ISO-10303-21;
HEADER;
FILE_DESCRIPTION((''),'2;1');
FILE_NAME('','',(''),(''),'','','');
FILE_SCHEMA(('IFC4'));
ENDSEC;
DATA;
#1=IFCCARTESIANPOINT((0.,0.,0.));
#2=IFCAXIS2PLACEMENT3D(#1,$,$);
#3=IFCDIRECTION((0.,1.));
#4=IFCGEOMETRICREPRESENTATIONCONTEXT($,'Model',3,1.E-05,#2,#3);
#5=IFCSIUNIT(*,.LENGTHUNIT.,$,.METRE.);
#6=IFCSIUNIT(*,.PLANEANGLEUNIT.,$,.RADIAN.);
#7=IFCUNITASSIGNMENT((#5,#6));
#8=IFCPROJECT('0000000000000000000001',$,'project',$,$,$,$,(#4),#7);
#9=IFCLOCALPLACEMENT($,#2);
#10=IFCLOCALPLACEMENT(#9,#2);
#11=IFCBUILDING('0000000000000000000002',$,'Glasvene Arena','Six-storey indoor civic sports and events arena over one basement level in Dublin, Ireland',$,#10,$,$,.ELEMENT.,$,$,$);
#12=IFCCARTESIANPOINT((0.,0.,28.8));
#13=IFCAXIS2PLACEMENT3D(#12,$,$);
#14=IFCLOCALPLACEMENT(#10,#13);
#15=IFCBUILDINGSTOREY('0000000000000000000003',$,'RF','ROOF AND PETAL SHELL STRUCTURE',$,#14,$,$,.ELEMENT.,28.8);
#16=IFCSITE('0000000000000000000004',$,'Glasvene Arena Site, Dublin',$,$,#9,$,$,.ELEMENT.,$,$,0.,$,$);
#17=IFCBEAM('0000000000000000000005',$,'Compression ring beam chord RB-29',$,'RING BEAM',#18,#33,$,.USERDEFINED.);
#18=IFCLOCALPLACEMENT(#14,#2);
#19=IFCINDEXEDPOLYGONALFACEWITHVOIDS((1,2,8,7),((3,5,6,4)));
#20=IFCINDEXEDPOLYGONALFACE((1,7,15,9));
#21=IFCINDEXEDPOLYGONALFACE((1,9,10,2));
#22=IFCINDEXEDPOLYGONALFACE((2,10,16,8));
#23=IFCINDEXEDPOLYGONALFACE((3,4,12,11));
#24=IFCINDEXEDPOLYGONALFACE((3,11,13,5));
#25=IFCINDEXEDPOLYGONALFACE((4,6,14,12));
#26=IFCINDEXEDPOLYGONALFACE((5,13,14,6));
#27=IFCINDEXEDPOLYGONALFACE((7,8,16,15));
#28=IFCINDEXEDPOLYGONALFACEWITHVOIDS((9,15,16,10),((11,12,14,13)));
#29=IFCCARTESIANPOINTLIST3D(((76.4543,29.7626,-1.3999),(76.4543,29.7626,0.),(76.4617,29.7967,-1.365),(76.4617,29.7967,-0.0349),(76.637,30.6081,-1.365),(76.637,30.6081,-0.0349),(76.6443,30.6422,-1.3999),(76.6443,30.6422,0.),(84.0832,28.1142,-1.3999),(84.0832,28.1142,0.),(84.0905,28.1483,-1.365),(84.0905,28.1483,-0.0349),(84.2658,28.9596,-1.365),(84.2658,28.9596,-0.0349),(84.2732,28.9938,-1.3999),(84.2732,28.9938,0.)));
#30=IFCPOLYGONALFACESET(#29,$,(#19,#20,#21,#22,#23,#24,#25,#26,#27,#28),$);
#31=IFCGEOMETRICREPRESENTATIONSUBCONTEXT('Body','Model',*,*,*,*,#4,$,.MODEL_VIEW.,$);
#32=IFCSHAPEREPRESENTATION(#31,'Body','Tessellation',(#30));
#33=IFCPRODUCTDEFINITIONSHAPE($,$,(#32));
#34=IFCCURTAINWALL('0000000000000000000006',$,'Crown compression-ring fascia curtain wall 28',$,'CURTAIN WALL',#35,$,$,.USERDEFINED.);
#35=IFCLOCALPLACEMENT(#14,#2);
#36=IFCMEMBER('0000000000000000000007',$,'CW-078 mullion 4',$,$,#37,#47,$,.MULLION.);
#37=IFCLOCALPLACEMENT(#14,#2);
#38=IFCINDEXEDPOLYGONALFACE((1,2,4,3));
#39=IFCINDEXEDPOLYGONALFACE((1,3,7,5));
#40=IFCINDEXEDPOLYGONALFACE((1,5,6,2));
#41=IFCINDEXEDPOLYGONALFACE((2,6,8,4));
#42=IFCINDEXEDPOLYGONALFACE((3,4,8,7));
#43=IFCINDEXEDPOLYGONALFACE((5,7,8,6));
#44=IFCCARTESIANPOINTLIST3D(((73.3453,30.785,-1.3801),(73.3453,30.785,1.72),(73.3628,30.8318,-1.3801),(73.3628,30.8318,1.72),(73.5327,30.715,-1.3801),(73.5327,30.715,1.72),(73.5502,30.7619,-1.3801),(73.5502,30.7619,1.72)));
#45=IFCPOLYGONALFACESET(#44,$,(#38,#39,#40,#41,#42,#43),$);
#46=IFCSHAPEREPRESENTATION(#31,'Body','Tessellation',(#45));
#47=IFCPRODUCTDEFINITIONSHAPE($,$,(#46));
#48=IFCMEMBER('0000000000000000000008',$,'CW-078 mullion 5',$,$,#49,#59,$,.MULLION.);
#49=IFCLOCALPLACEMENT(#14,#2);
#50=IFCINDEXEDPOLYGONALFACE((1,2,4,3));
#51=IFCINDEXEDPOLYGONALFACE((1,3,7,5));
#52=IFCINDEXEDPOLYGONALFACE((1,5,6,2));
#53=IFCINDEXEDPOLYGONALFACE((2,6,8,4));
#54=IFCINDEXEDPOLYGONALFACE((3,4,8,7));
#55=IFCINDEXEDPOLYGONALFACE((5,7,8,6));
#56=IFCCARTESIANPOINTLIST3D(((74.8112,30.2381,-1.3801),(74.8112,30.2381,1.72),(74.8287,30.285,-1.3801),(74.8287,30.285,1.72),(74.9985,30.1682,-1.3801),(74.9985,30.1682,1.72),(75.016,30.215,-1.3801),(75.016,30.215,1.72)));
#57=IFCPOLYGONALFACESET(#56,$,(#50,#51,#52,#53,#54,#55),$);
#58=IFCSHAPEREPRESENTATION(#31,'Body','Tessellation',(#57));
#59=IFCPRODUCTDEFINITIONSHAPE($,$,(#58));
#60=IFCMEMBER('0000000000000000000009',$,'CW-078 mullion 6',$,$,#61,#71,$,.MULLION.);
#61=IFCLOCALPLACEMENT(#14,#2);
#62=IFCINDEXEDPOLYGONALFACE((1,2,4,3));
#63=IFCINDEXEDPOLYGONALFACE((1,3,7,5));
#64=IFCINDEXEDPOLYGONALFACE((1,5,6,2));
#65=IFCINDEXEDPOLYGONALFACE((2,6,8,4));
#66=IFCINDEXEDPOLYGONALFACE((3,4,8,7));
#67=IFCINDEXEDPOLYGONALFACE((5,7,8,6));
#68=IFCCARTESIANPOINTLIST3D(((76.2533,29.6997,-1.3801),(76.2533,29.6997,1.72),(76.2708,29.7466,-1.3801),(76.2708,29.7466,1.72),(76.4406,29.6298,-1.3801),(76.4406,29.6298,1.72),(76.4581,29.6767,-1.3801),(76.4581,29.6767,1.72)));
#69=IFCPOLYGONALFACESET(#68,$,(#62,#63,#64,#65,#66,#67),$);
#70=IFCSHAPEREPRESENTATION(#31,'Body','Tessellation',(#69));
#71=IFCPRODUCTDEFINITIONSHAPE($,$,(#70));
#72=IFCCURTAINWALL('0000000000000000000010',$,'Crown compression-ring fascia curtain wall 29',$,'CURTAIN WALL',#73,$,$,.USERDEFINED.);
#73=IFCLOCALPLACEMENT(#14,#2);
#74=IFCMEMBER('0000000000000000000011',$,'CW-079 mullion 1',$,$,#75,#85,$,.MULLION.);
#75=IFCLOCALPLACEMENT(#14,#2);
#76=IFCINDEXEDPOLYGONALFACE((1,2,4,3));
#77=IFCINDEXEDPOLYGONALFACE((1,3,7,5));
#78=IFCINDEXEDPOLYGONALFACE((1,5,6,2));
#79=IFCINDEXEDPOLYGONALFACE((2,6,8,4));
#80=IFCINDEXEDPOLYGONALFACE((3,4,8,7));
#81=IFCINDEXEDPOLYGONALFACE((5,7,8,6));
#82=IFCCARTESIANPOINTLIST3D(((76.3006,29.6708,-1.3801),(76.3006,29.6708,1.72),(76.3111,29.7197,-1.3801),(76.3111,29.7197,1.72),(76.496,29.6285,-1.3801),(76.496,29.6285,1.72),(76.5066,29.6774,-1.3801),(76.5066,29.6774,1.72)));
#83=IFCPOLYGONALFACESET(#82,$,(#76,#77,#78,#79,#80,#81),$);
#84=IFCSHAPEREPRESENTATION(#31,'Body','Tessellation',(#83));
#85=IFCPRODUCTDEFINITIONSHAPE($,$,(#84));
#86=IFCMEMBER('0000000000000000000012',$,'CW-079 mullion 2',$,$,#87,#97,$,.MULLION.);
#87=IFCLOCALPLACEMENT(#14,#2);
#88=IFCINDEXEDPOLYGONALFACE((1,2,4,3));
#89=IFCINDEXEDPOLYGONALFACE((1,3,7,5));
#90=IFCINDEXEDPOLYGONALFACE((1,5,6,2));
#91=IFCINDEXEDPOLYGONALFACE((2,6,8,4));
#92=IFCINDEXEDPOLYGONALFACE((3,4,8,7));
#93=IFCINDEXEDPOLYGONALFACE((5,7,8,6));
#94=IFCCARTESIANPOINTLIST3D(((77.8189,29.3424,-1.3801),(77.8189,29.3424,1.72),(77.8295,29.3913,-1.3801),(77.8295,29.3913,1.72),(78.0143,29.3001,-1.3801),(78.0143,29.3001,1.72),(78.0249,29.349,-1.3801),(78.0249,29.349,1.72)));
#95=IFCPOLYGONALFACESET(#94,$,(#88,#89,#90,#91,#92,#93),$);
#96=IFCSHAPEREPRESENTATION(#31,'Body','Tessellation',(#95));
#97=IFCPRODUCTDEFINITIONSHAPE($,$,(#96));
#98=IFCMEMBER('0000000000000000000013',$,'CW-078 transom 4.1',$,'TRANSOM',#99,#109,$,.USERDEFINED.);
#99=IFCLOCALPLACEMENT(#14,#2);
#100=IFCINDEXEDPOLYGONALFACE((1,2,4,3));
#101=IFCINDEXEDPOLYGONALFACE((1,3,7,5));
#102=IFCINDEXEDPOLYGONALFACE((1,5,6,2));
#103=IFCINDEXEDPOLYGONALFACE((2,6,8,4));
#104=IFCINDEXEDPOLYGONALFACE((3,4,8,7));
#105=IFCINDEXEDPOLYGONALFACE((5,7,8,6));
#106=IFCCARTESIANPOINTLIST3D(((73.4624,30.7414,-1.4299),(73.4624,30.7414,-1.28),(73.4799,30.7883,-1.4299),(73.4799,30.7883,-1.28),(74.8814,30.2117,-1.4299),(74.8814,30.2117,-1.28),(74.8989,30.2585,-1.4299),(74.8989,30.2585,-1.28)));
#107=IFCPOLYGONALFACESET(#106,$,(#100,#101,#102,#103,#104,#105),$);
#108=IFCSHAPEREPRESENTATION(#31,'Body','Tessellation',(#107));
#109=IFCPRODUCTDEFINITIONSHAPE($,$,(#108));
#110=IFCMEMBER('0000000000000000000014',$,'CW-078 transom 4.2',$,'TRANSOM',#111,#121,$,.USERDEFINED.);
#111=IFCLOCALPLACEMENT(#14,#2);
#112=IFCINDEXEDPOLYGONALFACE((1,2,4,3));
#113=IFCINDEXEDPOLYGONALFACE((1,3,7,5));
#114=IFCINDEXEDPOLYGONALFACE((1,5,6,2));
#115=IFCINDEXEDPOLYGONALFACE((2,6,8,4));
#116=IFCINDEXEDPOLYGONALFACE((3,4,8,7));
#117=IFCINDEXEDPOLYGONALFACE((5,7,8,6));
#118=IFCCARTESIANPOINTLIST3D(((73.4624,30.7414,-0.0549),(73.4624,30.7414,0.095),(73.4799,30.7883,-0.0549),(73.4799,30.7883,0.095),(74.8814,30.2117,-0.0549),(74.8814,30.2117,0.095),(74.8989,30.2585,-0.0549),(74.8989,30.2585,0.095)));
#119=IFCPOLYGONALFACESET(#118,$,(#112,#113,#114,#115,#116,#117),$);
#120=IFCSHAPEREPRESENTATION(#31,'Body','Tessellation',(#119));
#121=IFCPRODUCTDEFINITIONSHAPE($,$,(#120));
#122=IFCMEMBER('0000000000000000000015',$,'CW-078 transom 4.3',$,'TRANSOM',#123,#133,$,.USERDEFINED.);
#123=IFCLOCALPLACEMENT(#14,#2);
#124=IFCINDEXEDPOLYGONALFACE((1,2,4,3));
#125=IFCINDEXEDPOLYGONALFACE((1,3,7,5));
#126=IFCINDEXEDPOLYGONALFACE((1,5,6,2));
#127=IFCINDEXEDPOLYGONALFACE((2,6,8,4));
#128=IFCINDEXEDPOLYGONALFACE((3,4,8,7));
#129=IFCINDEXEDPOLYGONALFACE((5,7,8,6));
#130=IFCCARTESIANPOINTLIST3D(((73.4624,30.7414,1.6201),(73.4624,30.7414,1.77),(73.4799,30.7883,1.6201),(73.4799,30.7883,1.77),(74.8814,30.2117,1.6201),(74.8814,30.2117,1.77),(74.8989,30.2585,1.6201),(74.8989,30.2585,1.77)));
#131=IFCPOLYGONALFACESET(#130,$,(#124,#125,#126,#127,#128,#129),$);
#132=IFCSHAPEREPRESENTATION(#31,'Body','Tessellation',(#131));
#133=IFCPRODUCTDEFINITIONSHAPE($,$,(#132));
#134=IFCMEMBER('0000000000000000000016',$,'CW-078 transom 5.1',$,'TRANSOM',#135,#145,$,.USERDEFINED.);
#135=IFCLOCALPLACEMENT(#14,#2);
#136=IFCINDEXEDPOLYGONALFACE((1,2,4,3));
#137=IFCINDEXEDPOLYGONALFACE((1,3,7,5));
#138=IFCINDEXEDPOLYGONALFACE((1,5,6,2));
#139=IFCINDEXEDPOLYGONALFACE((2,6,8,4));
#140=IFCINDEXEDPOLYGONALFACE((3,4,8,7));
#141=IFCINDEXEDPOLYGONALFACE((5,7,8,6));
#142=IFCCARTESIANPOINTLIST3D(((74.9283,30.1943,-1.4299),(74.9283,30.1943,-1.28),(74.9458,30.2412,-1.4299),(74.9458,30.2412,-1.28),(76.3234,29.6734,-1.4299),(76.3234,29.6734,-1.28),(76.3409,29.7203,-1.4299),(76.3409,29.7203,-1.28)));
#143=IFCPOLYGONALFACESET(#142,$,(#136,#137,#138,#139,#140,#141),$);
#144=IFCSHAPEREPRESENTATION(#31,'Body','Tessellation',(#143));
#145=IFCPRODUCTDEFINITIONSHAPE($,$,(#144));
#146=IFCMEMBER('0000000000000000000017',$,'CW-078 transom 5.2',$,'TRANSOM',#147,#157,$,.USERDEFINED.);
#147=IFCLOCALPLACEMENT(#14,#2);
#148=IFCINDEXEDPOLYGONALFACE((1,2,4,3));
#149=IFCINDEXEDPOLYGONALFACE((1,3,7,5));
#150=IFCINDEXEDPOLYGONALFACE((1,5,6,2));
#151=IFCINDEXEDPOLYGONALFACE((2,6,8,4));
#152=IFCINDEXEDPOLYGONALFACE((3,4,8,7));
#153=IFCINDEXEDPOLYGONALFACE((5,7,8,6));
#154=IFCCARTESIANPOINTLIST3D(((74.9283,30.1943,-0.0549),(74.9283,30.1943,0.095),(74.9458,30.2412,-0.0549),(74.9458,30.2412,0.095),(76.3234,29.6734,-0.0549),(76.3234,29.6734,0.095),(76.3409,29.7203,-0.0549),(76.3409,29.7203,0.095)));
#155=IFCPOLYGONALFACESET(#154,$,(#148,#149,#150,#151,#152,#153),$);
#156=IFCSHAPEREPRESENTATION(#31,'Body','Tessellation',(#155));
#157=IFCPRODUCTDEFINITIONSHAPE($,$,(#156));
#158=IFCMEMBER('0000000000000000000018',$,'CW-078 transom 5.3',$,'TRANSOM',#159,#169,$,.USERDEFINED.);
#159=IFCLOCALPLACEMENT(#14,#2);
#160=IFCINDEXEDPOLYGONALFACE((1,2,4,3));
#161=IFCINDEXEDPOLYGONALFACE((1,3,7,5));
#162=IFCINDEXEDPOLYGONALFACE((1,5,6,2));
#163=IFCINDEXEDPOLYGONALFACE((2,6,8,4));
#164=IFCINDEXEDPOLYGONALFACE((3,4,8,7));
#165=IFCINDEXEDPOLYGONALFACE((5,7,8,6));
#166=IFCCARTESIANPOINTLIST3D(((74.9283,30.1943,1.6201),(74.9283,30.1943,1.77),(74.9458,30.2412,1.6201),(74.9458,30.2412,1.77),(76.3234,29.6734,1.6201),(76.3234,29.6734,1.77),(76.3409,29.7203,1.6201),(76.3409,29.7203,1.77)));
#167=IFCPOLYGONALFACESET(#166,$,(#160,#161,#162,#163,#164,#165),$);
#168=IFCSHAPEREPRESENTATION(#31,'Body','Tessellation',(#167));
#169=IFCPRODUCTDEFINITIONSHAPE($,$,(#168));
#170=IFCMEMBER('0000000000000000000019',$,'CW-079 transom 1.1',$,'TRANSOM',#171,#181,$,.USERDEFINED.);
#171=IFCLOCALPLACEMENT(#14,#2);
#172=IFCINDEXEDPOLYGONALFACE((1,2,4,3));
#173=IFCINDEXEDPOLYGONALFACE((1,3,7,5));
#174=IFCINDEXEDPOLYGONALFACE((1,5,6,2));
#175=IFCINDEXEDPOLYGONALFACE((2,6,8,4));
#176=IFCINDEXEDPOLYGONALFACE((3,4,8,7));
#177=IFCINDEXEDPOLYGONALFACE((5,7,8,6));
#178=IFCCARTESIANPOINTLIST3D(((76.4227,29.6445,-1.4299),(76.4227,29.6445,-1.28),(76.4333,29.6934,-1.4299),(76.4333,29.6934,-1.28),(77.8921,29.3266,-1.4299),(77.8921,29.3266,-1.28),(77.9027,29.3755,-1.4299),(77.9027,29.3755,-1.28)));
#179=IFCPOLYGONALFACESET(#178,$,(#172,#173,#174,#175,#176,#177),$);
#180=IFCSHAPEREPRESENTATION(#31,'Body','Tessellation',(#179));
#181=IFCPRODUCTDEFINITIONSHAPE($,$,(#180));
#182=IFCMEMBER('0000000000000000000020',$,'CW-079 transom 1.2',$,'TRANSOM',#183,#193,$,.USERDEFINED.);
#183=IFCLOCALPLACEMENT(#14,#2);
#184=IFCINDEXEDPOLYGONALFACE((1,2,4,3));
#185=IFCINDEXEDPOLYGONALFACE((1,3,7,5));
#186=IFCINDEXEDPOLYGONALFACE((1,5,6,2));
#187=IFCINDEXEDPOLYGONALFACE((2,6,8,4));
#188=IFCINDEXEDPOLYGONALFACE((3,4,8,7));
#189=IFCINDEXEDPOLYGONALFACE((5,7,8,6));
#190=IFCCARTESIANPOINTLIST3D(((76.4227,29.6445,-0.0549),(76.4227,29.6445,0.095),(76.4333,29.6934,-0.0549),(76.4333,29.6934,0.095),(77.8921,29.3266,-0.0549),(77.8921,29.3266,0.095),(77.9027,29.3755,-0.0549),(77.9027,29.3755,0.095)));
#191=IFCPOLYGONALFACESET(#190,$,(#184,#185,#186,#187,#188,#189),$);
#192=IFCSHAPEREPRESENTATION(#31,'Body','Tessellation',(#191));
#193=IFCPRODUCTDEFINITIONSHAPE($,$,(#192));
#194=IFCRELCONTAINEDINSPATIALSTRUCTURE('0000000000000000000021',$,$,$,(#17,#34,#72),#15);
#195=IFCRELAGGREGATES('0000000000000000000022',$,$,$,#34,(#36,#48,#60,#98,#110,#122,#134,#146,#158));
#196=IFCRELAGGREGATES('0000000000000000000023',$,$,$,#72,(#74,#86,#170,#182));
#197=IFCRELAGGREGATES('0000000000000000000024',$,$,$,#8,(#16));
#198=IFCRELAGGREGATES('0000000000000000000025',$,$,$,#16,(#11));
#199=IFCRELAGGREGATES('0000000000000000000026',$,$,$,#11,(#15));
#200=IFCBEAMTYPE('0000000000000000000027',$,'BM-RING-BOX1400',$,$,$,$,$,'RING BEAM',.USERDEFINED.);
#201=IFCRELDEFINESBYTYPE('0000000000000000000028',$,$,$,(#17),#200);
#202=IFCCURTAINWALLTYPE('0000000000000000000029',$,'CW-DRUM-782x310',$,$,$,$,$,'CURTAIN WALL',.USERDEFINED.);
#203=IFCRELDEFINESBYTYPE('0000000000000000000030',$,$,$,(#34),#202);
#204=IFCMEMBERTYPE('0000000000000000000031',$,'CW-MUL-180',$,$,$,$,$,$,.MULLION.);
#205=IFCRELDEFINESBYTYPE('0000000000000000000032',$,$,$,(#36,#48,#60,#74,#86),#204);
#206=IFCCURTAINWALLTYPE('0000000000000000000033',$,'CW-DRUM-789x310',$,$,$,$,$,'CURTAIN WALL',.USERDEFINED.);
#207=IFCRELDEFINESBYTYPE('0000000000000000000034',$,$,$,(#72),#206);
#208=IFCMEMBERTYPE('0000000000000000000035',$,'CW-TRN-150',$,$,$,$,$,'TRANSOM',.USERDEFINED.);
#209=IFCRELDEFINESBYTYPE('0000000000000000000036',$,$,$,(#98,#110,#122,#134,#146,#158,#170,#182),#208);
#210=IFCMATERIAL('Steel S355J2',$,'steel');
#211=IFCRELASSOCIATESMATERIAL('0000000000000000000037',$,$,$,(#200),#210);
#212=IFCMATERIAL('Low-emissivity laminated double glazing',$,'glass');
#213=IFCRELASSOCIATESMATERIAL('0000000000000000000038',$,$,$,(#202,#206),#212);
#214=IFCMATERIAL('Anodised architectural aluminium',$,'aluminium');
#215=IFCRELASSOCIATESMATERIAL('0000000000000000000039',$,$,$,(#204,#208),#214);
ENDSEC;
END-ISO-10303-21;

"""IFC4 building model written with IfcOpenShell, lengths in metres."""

from ifc_helpers import new_model, si_unit, direction, frame, origin, origin_2d, place, context, subcontext, project, spatial, rectangle, hollow_rectangle, extrude, material, material_profile, profile_set, type_object, element, aggregate, save


model = new_model("IFC4")

# Units and contexts
model_context = context("Model", 3, precision=1e-05, world=origin(), true_north=direction((0.0, 1.0)))
body_context = subcontext(model_context, "Body", "Model", "MODEL_VIEW")
ifc_project = project(units=[si_unit("LENGTHUNIT", "METRE"), si_unit("PLANEANGLEUNIT", "RADIAN")], contexts=[model_context])

# Site, building, storey
site_placement = place(None, origin())
site = spatial("IfcSite", under=ifc_project, at=site_placement, Name="Glasvene Arena Site, Dublin", CompositionType="ELEMENT", RefElevation=0.0)
building_placement = place(site_placement, origin())
building = spatial("IfcBuilding", under=site, at=building_placement, Name="Glasvene Arena", Description="Six-storey indoor civic sports and events arena over one basement level in Dublin, Ireland", CompositionType="ELEMENT")
storey_placement = place(building_placement, frame((0.0, 0.0, 28.8)))
storey = spatial("IfcBuildingStorey", under=building, at=storey_placement, Name="RF", Description="ROOF AND PETAL SHELL STRUCTURE", CompositionType="ELEMENT", Elevation=28.8)

# Beam
ifc_material_1 = material(Name="Steel S355J2", Category="steel")
ifc_material_profile_1 = material_profile(ifc_material_1, hollow_rectangle(XDim=0.8999, YDim=1.3999, WallThickness=0.0349, at=origin_2d()), Name="WBOX 900x1400x35")
ifc_profile_set_1 = profile_set([ifc_material_profile_1], Name="Steel S355J2")
beam_type = type_object("IfcBeamType", Name="BM-RING-BOX1400", ElementType="RING BEAM", PredefinedType="USERDEFINED", material=ifc_profile_set_1)
beam_placement = place(storey_placement, frame((76.5493, 30.2024, -0.7), z_axis=(0.977442, -0.211204, 0.0), x_axis=(0.211204, 0.977442, 0.0)))
element("IfcBeam", 1, at=beam_placement, inside=storey, type_object=beam_type, Name="Compression ring beam chord RB-29", ObjectType="RING BEAM", PredefinedType="USERDEFINED", context=body_context, shape_type="SweptSolid", body=[
    extrude(hollow_rectangle(XDim=0.8999, YDim=1.3999, WallThickness=0.0349, at=origin_2d()), origin(), (0.0, 0.0, 1.0), 7.8049),
])

# Curtain walls, members
ifc_material_2 = material(Name="Low-emissivity laminated double glazing", Category="glass")
curtain_wall_type_1 = type_object("IfcCurtainWallType", Name="CW-DRUM-782x310", ElementType="CURTAIN WALL", PredefinedType="USERDEFINED", material=ifc_material_2)
curtain_wall_1_placement = place(storey_placement, frame((69.0508, 32.4148, 0.0)))
curtain_wall_1 = element("IfcCurtainWall", 2, at=curtain_wall_1_placement, inside=storey, type_object=curtain_wall_type_1, Name="Crown compression-ring fascia curtain wall 28", ObjectType="CURTAIN WALL", PredefinedType="USERDEFINED")
ifc_material_3 = material(Name="Anodised architectural aluminium", Category="aluminium")
ifc_material_profile_2 = material_profile(ifc_material_3, rectangle(XDim=0.05, YDim=0.2, at=origin_2d()), Name="ALU MULLION 50x200")
ifc_profile_set_2 = profile_set([ifc_material_profile_2], Name="Anodised architectural aluminium")
member_type_1 = type_object("IfcMemberType", Name="CW-MUL-180", PredefinedType="MULLION", material=ifc_profile_set_2)
member_1_placement = place(storey_placement, frame((73.4478, 30.7734, -1.3801), z_axis=(0.0, 0.0, 1.0), x_axis=(0.349683, 0.936868, 0.0)))
member_1 = element("IfcMember", 3, at=member_1_placement, type_object=member_type_1, Name="CW-078 mullion 4", PredefinedType="MULLION", context=body_context, shape_type="SweptSolid", body=[
    extrude(rectangle(XDim=0.05, YDim=0.2, at=origin_2d()), origin(), (0.0, 0.0, 1.0), 3.1001),
])
member_2_placement = place(storey_placement, frame((74.9136, 30.2266, -1.3801), z_axis=(0.0, 0.0, 1.0), x_axis=(0.349683, 0.936868, 0.0)))
member_2 = element("IfcMember", 4, at=member_2_placement, type_object=member_type_1, Name="CW-078 mullion 5", PredefinedType="MULLION", context=body_context, shape_type="SweptSolid", body=[
    extrude(rectangle(XDim=0.05, YDim=0.2, at=origin_2d()), origin(), (0.0, 0.0, 1.0), 3.1001),
])
member_3_placement = place(storey_placement, frame((76.3557, 29.6882, -1.3801), z_axis=(0.0, 0.0, 1.0), x_axis=(0.349683, 0.936868, 0.0)))
member_3 = element("IfcMember", 5, at=member_3_placement, type_object=member_type_1, Name="CW-078 mullion 6", PredefinedType="MULLION", context=body_context, shape_type="SweptSolid", body=[
    extrude(rectangle(XDim=0.05, YDim=0.2, at=origin_2d()), origin(), (0.0, 0.0, 1.0), 3.1001),
])
curtain_wall_type_2 = type_object("IfcCurtainWallType", Name="CW-DRUM-789x310", ElementType="CURTAIN WALL", PredefinedType="USERDEFINED", material=ifc_material_2)
curtain_wall_2_placement = place(storey_placement, frame((76.3792, 29.6794, 0.0)))
curtain_wall_2 = element("IfcCurtainWall", 6, at=curtain_wall_2_placement, inside=storey, type_object=curtain_wall_type_2, Name="Crown compression-ring fascia curtain wall 29", ObjectType="CURTAIN WALL", PredefinedType="USERDEFINED")
member_4_placement = place(storey_placement, frame((76.4036, 29.6741, -1.3801), z_axis=(0.0, 0.0, 1.0), x_axis=(0.211445, 0.97739, 0.0)))
member_4 = element("IfcMember", 7, at=member_4_placement, type_object=member_type_1, Name="CW-079 mullion 1", PredefinedType="MULLION", context=body_context, shape_type="SweptSolid", body=[
    extrude(rectangle(XDim=0.05, YDim=0.2, at=origin_2d()), origin(), (0.0, 0.0, 1.0), 3.1001),
])
member_5_placement = place(storey_placement, frame((77.9219, 29.3457, -1.3801), z_axis=(0.0, 0.0, 1.0), x_axis=(0.211445, 0.97739, 0.0)))
member_5 = element("IfcMember", 8, at=member_5_placement, type_object=member_type_1, Name="CW-079 mullion 2", PredefinedType="MULLION", context=body_context, shape_type="SweptSolid", body=[
    extrude(rectangle(XDim=0.05, YDim=0.2, at=origin_2d()), origin(), (0.0, 0.0, 1.0), 3.1001),
])

# Members
ifc_material_profile_3 = material_profile(ifc_material_3, rectangle(XDim=0.05, YDim=0.1499, at=origin_2d()), Name="ALU TRANSOM 50x150")
ifc_profile_set_3 = profile_set([ifc_material_profile_3], Name="Anodised architectural aluminium")
member_type_2 = type_object("IfcMemberType", Name="CW-TRN-150", ElementType="TRANSOM", PredefinedType="USERDEFINED", material=ifc_profile_set_3)
member_6_placement = place(storey_placement, frame((73.4712, 30.7649, -1.355), z_axis=(0.936832, -0.349781, 0.0), x_axis=(0.349781, 0.936832, 0.0)))
member_6 = element("IfcMember", 9, at=member_6_placement, type_object=member_type_2, Name="CW-078 transom 4.1", ObjectType="TRANSOM", PredefinedType="USERDEFINED", context=body_context, shape_type="SweptSolid", body=[
    extrude(rectangle(XDim=0.05, YDim=0.1499, at=origin_2d()), origin(), (0.0, 0.0, 1.0), 1.5146),
])
member_7_placement = place(storey_placement, frame((73.4712, 30.7649, 0.02), z_axis=(0.936832, -0.349781, 0.0), x_axis=(0.349781, 0.936832, 0.0)))
member_7 = element("IfcMember", 10, at=member_7_placement, type_object=member_type_2, Name="CW-078 transom 4.2", ObjectType="TRANSOM", PredefinedType="USERDEFINED", context=body_context, shape_type="SweptSolid", body=[
    extrude(rectangle(XDim=0.05, YDim=0.1499, at=origin_2d()), origin(), (0.0, 0.0, 1.0), 1.5146),
])
member_8_placement = place(storey_placement, frame((73.4712, 30.7649, 1.6951), z_axis=(0.936832, -0.349781, 0.0), x_axis=(0.349781, 0.936832, 0.0)))
member_8 = element("IfcMember", 11, at=member_8_placement, type_object=member_type_2, Name="CW-078 transom 4.3", ObjectType="TRANSOM", PredefinedType="USERDEFINED", context=body_context, shape_type="SweptSolid", body=[
    extrude(rectangle(XDim=0.05, YDim=0.1499, at=origin_2d()), origin(), (0.0, 0.0, 1.0), 1.5146),
])
member_9_placement = place(storey_placement, frame((74.937, 30.2178, -1.355), z_axis=(0.93682, -0.349812, 0.0), x_axis=(0.349812, 0.93682, 0.0)))
member_9 = element("IfcMember", 12, at=member_9_placement, type_object=member_type_2, Name="CW-078 transom 5.1", ObjectType="TRANSOM", PredefinedType="USERDEFINED", context=body_context, shape_type="SweptSolid", body=[
    extrude(rectangle(XDim=0.05, YDim=0.1499, at=origin_2d()), origin(), (0.0, 0.0, 1.0), 1.4893),
])
member_10_placement = place(storey_placement, frame((74.937, 30.2178, 0.02), z_axis=(0.93682, -0.349812, 0.0), x_axis=(0.349812, 0.93682, 0.0)))
member_10 = element("IfcMember", 13, at=member_10_placement, type_object=member_type_2, Name="CW-078 transom 5.2", ObjectType="TRANSOM", PredefinedType="USERDEFINED", context=body_context, shape_type="SweptSolid", body=[
    extrude(rectangle(XDim=0.05, YDim=0.1499, at=origin_2d()), origin(), (0.0, 0.0, 1.0), 1.4893),
])
member_11_placement = place(storey_placement, frame((74.937, 30.2178, 1.6951), z_axis=(0.93682, -0.349812, 0.0), x_axis=(0.349812, 0.93682, 0.0)))
member_11 = element("IfcMember", 14, at=member_11_placement, type_object=member_type_2, Name="CW-078 transom 5.3", ObjectType="TRANSOM", PredefinedType="USERDEFINED", context=body_context, shape_type="SweptSolid", body=[
    extrude(rectangle(XDim=0.05, YDim=0.1499, at=origin_2d()), origin(), (0.0, 0.0, 1.0), 1.4893),
])
member_12_placement = place(storey_placement, frame((76.428, 29.6689, -1.355), z_axis=(0.977394, -0.211425, 0.0), x_axis=(0.211425, 0.977394, 0.0)))
member_12 = element("IfcMember", 15, at=member_12_placement, type_object=member_type_2, Name="CW-079 transom 1.1", ObjectType="TRANSOM", PredefinedType="USERDEFINED", context=body_context, shape_type="SweptSolid", body=[
    extrude(rectangle(XDim=0.05, YDim=0.1499, at=origin_2d()), origin(), (0.0, 0.0, 1.0), 1.5034),
])
member_13_placement = place(storey_placement, frame((76.428, 29.6689, 0.02), z_axis=(0.977394, -0.211425, 0.0), x_axis=(0.211425, 0.977394, 0.0)))
member_13 = element("IfcMember", 16, at=member_13_placement, type_object=member_type_2, Name="CW-079 transom 1.2", ObjectType="TRANSOM", PredefinedType="USERDEFINED", context=body_context, shape_type="SweptSolid", body=[
    extrude(rectangle(XDim=0.05, YDim=0.1499, at=origin_2d()), origin(), (0.0, 0.0, 1.0), 1.5034),
])

aggregate(curtain_wall_1, [member_1, member_2, member_3, member_6, member_7, member_8, member_9, member_10, member_11])
aggregate(curtain_wall_2, [member_4, member_5, member_12, member_13])

save(model, "model.ifc")
